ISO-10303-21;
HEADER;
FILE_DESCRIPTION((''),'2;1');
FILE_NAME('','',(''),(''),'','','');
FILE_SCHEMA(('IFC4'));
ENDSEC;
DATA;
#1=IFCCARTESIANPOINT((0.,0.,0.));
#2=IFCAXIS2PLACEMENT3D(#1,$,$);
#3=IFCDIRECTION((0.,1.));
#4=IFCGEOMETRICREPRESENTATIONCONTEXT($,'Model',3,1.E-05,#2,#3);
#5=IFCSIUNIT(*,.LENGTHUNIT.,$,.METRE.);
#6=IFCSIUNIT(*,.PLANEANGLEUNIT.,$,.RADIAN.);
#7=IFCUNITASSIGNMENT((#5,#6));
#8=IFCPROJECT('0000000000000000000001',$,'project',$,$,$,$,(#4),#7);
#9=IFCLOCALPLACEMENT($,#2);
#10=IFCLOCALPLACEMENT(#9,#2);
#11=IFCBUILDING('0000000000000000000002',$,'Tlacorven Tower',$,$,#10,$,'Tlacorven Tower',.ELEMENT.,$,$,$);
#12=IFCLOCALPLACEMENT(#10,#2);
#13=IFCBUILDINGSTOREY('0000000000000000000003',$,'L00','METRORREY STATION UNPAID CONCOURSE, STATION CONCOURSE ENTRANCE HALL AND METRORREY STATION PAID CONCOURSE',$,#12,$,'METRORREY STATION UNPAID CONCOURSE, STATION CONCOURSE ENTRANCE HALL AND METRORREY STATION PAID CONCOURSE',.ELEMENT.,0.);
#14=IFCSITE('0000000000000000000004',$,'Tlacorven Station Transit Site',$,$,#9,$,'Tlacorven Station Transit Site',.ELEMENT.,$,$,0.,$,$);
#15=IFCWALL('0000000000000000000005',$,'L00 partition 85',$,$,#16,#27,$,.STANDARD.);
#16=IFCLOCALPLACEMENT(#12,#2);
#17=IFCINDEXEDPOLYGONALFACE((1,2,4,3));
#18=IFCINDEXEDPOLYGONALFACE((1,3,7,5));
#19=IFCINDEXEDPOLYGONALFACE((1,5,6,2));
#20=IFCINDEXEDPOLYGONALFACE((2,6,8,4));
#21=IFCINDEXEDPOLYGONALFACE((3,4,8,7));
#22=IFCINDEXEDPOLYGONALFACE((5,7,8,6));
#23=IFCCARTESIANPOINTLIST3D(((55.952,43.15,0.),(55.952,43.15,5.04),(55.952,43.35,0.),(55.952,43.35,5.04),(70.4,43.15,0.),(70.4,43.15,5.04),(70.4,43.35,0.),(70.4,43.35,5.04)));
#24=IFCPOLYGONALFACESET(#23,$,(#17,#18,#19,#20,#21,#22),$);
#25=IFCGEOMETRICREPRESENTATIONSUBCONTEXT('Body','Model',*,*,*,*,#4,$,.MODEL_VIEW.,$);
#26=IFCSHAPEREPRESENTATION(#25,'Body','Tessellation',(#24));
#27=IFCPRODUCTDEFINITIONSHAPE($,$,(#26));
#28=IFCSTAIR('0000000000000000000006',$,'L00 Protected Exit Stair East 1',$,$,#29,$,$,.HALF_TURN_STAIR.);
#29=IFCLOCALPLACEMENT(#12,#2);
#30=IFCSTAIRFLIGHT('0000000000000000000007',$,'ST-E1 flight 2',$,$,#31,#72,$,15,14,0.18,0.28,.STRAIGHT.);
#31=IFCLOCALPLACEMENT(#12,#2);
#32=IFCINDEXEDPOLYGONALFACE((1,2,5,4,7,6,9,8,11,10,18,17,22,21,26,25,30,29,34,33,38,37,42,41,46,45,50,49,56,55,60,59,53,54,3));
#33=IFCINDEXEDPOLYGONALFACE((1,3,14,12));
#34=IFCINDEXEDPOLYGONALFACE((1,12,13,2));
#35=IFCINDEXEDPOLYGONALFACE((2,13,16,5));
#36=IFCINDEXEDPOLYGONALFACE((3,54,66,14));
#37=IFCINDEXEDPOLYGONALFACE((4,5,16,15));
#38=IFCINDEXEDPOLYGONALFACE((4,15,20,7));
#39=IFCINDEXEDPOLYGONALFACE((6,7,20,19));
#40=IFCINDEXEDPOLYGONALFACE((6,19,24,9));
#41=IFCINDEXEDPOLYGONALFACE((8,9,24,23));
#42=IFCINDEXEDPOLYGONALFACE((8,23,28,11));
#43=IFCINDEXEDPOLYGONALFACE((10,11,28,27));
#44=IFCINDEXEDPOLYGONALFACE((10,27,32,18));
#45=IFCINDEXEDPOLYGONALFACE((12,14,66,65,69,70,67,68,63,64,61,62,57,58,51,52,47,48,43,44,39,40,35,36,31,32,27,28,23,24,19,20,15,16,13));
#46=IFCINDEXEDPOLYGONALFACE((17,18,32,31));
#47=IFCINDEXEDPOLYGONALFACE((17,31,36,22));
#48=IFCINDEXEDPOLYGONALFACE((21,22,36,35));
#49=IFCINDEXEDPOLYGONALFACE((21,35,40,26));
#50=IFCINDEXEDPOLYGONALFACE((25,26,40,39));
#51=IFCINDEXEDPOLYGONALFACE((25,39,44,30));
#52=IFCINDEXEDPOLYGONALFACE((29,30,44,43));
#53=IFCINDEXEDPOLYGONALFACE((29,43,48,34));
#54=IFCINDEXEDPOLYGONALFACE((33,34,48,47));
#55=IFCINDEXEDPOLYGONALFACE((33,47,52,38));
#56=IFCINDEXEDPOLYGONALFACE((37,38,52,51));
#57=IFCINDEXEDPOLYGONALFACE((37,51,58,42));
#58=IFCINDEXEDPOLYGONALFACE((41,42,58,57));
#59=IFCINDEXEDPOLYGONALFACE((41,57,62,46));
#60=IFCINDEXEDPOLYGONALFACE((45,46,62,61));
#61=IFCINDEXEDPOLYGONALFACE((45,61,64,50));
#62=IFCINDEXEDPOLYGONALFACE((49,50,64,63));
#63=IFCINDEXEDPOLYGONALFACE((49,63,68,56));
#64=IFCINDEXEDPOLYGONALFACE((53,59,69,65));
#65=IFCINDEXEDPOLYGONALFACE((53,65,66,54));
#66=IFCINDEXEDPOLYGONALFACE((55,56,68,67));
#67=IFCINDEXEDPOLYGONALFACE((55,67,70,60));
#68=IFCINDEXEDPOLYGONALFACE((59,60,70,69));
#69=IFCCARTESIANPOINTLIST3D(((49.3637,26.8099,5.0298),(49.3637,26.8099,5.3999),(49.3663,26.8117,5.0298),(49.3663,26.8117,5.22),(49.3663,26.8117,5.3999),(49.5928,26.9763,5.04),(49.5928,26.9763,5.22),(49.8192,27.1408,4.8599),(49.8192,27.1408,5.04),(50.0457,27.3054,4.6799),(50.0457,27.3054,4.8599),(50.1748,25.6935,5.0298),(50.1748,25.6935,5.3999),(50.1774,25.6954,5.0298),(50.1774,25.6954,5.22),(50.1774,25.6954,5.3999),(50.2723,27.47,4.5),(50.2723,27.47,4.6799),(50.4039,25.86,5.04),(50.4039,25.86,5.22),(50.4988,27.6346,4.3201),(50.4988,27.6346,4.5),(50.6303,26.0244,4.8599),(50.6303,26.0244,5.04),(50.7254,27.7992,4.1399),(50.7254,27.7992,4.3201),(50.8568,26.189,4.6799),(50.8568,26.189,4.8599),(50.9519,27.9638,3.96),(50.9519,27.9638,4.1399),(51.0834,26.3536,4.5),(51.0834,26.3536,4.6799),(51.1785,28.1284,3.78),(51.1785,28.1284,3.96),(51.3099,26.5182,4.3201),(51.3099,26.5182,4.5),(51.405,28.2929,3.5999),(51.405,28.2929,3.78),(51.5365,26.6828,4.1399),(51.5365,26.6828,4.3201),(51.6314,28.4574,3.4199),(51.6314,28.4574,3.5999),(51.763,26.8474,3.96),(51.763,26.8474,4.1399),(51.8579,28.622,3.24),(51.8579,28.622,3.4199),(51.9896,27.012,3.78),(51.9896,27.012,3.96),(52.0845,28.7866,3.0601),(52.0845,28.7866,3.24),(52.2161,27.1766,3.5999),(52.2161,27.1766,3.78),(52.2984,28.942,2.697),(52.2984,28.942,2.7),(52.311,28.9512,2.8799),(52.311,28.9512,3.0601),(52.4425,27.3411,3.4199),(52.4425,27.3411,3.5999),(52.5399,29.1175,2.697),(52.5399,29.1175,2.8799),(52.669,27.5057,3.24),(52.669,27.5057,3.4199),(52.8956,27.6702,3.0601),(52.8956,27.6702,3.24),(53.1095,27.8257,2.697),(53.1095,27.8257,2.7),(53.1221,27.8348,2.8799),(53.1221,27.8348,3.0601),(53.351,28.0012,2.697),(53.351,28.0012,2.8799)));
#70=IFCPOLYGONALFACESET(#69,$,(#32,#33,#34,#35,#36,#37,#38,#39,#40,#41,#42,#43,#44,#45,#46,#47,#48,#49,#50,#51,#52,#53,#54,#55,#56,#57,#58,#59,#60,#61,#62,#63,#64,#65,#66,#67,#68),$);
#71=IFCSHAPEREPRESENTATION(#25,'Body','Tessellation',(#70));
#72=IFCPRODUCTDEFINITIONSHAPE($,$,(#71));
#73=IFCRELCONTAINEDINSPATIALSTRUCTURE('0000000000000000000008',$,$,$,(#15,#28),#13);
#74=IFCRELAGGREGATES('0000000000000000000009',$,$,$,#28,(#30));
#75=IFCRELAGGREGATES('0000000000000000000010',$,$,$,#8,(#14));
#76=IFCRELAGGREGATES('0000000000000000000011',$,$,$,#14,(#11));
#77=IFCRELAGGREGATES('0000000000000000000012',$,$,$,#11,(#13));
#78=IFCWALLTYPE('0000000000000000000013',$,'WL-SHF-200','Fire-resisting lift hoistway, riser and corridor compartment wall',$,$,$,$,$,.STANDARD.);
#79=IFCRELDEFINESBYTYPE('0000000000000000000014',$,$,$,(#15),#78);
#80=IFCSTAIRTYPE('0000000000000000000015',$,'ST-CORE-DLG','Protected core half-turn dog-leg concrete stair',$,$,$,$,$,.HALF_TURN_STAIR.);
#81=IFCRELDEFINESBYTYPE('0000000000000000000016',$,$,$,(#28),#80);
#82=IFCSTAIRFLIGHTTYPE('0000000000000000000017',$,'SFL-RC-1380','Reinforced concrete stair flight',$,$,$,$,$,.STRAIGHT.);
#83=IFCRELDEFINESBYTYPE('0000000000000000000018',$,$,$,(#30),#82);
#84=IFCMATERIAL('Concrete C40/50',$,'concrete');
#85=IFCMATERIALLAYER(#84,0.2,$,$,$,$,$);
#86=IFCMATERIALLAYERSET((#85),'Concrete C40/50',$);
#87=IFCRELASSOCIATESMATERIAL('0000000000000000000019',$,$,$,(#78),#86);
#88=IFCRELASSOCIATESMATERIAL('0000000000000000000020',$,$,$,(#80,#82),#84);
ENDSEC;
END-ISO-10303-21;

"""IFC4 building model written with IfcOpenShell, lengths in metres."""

from ifc_helpers import new_model, si_unit, direction, frame, frame_2d, origin, place, context, subcontext, project, spatial, polyline, rectangle, outline, extrude, source, transform, mapped, material, layer, layer_set, type_object, element, aggregate, save


model = new_model("IFC4")

# Units and contexts
model_context = context("Model", 3, precision=1e-05, world=origin(), true_north=direction((0.0, 1.0)))
body_context = subcontext(model_context, "Body", "Model", "MODEL_VIEW")
ifc_project = project(units=[si_unit("LENGTHUNIT", "METRE"), si_unit("PLANEANGLEUNIT", "RADIAN")], contexts=[model_context])

# Site, building, storey
site_placement = place(None, origin())
site = spatial("IfcSite", under=ifc_project, at=site_placement, Name="Tlacorven Station Transit Site", LongName="Tlacorven Station Transit Site", CompositionType="ELEMENT", RefElevation=0.0)
building_placement = place(site_placement, origin())
building = spatial("IfcBuilding", under=site, at=building_placement, Name="Tlacorven Tower", LongName="Tlacorven Tower", CompositionType="ELEMENT")
storey_placement = place(building_placement, origin())
storey = spatial("IfcBuildingStorey", under=building, at=storey_placement, Name="L00", Description="METRORREY STATION UNPAID CONCOURSE, STATION CONCOURSE ENTRANCE HALL AND METRORREY STATION PAID CONCOURSE", LongName="METRORREY STATION UNPAID CONCOURSE, STATION CONCOURSE ENTRANCE HALL AND METRORREY STATION PAID CONCOURSE", CompositionType="ELEMENT", Elevation=0.0)

# Wall
ifc_material_1 = material(Name="Concrete C40/50", Category="concrete")
ifc_layer_1 = layer(ifc_material_1, 0.2)
ifc_layer_set_1 = layer_set([ifc_layer_1], Name="Concrete C40/50")
wall_type_1 = type_object("IfcWallType", Name="WL-SHF-200", Description="Fire-resisting lift hoistway, riser and corridor compartment wall", PredefinedType="STANDARD", material=ifc_layer_set_1)
wall_1_placement = place(storey_placement, frame((55.9519, 43.25, 0.0), z_axis=(0.0, 0.0, 1.0), x_axis=(1.0, 0.0, 0.0)))
element("IfcWall", 1, at=wall_1_placement, inside=storey, type_object=wall_type_1, Name="L00 partition 85", PredefinedType="STANDARD", context=body_context, shape_type="SweptSolid", body=[
    extrude(rectangle(XDim=14.448, YDim=0.2, at=frame_2d((7.2241, 0.0))), origin(), (0.0, 0.0, 1.0), 5.04),
])

# Stair, stair flight
stair_type = type_object("IfcStairType", Name="ST-CORE-DLG", Description="Protected core half-turn dog-leg concrete stair", PredefinedType="HALF_TURN_STAIR", material=ifc_material_1)
stair_placement = place(storey_placement, origin())
stair = element("IfcStair", 2, at=stair_placement, inside=storey, type_object=stair_type, Name="L00 Protected Exit Stair East 1", PredefinedType="HALF_TURN_STAIR")
stair_flight_type = type_object("IfcStairFlightType", Name="SFL-RC-1380", Description="Reinforced concrete stair flight", PredefinedType="STRAIGHT", material=ifc_material_1)
shared_shape_1 = source(origin(), body_context, "Body", "SweptSolid", [
    extrude(outline(polyline([(-0.0029, -0.0029), (-0.0029, 0.1799), (0.28, 0.1799), (0.28, 0.3601), (0.5601, 0.3601), (0.5601, 0.54), (0.8401, 0.54), (0.8401, 0.72), (1.1201, 0.72), (1.1201, 0.8999), (1.3999, 0.8999), (1.3999, 1.0801), (1.6799, 1.0801), (1.6799, 1.26), (1.96, 1.26), (1.96, 1.4399), (2.24, 1.4399), (2.24, 1.6201), (2.52, 1.6201), (2.52, 1.8), (2.8, 1.8), (2.8, 1.98), (3.0801, 1.98), (3.0801, 2.1599), (3.3601, 2.1599), (3.3601, 2.3401), (3.6399, 2.3401), (3.6399, 2.52), (3.9199, 2.52), (3.9199, 2.7), (3.9231, 2.7), (3.9231, 2.3298), (3.9199, 2.3298), (0.2957, 0.0), (0.2957, -0.0029), (-0.0029, -0.0029)])), frame((0.0, 0.6899, 0.0), z_axis=(0.0, -1.0, 0.0), x_axis=(1.0, 0.0, 0.0)), (0.0, 0.0, 1.0), 1.3799),
])
stair_flight_placement = place(storey_placement, frame((52.9431, 28.5576, 2.7), z_axis=(0.0, 0.0, 1.0), x_axis=(-0.809017, -0.587785, 0.0)))
stair_flight = element("IfcStairFlight", 3, at=stair_flight_placement, type_object=stair_flight_type, Name="ST-E1 flight 2", NumberOfRisers=15, NumberOfTreads=14, PredefinedType="STRAIGHT", RiserHeight=0.18, TreadLength=0.28, context=body_context, shape_type="MappedRepresentation", body=[
    mapped(shared_shape_1, transform((0.0, 0.0, 0.0), scale=1.0)),
])
aggregate(stair, [stair_flight])

save(model, "model.ifc")
